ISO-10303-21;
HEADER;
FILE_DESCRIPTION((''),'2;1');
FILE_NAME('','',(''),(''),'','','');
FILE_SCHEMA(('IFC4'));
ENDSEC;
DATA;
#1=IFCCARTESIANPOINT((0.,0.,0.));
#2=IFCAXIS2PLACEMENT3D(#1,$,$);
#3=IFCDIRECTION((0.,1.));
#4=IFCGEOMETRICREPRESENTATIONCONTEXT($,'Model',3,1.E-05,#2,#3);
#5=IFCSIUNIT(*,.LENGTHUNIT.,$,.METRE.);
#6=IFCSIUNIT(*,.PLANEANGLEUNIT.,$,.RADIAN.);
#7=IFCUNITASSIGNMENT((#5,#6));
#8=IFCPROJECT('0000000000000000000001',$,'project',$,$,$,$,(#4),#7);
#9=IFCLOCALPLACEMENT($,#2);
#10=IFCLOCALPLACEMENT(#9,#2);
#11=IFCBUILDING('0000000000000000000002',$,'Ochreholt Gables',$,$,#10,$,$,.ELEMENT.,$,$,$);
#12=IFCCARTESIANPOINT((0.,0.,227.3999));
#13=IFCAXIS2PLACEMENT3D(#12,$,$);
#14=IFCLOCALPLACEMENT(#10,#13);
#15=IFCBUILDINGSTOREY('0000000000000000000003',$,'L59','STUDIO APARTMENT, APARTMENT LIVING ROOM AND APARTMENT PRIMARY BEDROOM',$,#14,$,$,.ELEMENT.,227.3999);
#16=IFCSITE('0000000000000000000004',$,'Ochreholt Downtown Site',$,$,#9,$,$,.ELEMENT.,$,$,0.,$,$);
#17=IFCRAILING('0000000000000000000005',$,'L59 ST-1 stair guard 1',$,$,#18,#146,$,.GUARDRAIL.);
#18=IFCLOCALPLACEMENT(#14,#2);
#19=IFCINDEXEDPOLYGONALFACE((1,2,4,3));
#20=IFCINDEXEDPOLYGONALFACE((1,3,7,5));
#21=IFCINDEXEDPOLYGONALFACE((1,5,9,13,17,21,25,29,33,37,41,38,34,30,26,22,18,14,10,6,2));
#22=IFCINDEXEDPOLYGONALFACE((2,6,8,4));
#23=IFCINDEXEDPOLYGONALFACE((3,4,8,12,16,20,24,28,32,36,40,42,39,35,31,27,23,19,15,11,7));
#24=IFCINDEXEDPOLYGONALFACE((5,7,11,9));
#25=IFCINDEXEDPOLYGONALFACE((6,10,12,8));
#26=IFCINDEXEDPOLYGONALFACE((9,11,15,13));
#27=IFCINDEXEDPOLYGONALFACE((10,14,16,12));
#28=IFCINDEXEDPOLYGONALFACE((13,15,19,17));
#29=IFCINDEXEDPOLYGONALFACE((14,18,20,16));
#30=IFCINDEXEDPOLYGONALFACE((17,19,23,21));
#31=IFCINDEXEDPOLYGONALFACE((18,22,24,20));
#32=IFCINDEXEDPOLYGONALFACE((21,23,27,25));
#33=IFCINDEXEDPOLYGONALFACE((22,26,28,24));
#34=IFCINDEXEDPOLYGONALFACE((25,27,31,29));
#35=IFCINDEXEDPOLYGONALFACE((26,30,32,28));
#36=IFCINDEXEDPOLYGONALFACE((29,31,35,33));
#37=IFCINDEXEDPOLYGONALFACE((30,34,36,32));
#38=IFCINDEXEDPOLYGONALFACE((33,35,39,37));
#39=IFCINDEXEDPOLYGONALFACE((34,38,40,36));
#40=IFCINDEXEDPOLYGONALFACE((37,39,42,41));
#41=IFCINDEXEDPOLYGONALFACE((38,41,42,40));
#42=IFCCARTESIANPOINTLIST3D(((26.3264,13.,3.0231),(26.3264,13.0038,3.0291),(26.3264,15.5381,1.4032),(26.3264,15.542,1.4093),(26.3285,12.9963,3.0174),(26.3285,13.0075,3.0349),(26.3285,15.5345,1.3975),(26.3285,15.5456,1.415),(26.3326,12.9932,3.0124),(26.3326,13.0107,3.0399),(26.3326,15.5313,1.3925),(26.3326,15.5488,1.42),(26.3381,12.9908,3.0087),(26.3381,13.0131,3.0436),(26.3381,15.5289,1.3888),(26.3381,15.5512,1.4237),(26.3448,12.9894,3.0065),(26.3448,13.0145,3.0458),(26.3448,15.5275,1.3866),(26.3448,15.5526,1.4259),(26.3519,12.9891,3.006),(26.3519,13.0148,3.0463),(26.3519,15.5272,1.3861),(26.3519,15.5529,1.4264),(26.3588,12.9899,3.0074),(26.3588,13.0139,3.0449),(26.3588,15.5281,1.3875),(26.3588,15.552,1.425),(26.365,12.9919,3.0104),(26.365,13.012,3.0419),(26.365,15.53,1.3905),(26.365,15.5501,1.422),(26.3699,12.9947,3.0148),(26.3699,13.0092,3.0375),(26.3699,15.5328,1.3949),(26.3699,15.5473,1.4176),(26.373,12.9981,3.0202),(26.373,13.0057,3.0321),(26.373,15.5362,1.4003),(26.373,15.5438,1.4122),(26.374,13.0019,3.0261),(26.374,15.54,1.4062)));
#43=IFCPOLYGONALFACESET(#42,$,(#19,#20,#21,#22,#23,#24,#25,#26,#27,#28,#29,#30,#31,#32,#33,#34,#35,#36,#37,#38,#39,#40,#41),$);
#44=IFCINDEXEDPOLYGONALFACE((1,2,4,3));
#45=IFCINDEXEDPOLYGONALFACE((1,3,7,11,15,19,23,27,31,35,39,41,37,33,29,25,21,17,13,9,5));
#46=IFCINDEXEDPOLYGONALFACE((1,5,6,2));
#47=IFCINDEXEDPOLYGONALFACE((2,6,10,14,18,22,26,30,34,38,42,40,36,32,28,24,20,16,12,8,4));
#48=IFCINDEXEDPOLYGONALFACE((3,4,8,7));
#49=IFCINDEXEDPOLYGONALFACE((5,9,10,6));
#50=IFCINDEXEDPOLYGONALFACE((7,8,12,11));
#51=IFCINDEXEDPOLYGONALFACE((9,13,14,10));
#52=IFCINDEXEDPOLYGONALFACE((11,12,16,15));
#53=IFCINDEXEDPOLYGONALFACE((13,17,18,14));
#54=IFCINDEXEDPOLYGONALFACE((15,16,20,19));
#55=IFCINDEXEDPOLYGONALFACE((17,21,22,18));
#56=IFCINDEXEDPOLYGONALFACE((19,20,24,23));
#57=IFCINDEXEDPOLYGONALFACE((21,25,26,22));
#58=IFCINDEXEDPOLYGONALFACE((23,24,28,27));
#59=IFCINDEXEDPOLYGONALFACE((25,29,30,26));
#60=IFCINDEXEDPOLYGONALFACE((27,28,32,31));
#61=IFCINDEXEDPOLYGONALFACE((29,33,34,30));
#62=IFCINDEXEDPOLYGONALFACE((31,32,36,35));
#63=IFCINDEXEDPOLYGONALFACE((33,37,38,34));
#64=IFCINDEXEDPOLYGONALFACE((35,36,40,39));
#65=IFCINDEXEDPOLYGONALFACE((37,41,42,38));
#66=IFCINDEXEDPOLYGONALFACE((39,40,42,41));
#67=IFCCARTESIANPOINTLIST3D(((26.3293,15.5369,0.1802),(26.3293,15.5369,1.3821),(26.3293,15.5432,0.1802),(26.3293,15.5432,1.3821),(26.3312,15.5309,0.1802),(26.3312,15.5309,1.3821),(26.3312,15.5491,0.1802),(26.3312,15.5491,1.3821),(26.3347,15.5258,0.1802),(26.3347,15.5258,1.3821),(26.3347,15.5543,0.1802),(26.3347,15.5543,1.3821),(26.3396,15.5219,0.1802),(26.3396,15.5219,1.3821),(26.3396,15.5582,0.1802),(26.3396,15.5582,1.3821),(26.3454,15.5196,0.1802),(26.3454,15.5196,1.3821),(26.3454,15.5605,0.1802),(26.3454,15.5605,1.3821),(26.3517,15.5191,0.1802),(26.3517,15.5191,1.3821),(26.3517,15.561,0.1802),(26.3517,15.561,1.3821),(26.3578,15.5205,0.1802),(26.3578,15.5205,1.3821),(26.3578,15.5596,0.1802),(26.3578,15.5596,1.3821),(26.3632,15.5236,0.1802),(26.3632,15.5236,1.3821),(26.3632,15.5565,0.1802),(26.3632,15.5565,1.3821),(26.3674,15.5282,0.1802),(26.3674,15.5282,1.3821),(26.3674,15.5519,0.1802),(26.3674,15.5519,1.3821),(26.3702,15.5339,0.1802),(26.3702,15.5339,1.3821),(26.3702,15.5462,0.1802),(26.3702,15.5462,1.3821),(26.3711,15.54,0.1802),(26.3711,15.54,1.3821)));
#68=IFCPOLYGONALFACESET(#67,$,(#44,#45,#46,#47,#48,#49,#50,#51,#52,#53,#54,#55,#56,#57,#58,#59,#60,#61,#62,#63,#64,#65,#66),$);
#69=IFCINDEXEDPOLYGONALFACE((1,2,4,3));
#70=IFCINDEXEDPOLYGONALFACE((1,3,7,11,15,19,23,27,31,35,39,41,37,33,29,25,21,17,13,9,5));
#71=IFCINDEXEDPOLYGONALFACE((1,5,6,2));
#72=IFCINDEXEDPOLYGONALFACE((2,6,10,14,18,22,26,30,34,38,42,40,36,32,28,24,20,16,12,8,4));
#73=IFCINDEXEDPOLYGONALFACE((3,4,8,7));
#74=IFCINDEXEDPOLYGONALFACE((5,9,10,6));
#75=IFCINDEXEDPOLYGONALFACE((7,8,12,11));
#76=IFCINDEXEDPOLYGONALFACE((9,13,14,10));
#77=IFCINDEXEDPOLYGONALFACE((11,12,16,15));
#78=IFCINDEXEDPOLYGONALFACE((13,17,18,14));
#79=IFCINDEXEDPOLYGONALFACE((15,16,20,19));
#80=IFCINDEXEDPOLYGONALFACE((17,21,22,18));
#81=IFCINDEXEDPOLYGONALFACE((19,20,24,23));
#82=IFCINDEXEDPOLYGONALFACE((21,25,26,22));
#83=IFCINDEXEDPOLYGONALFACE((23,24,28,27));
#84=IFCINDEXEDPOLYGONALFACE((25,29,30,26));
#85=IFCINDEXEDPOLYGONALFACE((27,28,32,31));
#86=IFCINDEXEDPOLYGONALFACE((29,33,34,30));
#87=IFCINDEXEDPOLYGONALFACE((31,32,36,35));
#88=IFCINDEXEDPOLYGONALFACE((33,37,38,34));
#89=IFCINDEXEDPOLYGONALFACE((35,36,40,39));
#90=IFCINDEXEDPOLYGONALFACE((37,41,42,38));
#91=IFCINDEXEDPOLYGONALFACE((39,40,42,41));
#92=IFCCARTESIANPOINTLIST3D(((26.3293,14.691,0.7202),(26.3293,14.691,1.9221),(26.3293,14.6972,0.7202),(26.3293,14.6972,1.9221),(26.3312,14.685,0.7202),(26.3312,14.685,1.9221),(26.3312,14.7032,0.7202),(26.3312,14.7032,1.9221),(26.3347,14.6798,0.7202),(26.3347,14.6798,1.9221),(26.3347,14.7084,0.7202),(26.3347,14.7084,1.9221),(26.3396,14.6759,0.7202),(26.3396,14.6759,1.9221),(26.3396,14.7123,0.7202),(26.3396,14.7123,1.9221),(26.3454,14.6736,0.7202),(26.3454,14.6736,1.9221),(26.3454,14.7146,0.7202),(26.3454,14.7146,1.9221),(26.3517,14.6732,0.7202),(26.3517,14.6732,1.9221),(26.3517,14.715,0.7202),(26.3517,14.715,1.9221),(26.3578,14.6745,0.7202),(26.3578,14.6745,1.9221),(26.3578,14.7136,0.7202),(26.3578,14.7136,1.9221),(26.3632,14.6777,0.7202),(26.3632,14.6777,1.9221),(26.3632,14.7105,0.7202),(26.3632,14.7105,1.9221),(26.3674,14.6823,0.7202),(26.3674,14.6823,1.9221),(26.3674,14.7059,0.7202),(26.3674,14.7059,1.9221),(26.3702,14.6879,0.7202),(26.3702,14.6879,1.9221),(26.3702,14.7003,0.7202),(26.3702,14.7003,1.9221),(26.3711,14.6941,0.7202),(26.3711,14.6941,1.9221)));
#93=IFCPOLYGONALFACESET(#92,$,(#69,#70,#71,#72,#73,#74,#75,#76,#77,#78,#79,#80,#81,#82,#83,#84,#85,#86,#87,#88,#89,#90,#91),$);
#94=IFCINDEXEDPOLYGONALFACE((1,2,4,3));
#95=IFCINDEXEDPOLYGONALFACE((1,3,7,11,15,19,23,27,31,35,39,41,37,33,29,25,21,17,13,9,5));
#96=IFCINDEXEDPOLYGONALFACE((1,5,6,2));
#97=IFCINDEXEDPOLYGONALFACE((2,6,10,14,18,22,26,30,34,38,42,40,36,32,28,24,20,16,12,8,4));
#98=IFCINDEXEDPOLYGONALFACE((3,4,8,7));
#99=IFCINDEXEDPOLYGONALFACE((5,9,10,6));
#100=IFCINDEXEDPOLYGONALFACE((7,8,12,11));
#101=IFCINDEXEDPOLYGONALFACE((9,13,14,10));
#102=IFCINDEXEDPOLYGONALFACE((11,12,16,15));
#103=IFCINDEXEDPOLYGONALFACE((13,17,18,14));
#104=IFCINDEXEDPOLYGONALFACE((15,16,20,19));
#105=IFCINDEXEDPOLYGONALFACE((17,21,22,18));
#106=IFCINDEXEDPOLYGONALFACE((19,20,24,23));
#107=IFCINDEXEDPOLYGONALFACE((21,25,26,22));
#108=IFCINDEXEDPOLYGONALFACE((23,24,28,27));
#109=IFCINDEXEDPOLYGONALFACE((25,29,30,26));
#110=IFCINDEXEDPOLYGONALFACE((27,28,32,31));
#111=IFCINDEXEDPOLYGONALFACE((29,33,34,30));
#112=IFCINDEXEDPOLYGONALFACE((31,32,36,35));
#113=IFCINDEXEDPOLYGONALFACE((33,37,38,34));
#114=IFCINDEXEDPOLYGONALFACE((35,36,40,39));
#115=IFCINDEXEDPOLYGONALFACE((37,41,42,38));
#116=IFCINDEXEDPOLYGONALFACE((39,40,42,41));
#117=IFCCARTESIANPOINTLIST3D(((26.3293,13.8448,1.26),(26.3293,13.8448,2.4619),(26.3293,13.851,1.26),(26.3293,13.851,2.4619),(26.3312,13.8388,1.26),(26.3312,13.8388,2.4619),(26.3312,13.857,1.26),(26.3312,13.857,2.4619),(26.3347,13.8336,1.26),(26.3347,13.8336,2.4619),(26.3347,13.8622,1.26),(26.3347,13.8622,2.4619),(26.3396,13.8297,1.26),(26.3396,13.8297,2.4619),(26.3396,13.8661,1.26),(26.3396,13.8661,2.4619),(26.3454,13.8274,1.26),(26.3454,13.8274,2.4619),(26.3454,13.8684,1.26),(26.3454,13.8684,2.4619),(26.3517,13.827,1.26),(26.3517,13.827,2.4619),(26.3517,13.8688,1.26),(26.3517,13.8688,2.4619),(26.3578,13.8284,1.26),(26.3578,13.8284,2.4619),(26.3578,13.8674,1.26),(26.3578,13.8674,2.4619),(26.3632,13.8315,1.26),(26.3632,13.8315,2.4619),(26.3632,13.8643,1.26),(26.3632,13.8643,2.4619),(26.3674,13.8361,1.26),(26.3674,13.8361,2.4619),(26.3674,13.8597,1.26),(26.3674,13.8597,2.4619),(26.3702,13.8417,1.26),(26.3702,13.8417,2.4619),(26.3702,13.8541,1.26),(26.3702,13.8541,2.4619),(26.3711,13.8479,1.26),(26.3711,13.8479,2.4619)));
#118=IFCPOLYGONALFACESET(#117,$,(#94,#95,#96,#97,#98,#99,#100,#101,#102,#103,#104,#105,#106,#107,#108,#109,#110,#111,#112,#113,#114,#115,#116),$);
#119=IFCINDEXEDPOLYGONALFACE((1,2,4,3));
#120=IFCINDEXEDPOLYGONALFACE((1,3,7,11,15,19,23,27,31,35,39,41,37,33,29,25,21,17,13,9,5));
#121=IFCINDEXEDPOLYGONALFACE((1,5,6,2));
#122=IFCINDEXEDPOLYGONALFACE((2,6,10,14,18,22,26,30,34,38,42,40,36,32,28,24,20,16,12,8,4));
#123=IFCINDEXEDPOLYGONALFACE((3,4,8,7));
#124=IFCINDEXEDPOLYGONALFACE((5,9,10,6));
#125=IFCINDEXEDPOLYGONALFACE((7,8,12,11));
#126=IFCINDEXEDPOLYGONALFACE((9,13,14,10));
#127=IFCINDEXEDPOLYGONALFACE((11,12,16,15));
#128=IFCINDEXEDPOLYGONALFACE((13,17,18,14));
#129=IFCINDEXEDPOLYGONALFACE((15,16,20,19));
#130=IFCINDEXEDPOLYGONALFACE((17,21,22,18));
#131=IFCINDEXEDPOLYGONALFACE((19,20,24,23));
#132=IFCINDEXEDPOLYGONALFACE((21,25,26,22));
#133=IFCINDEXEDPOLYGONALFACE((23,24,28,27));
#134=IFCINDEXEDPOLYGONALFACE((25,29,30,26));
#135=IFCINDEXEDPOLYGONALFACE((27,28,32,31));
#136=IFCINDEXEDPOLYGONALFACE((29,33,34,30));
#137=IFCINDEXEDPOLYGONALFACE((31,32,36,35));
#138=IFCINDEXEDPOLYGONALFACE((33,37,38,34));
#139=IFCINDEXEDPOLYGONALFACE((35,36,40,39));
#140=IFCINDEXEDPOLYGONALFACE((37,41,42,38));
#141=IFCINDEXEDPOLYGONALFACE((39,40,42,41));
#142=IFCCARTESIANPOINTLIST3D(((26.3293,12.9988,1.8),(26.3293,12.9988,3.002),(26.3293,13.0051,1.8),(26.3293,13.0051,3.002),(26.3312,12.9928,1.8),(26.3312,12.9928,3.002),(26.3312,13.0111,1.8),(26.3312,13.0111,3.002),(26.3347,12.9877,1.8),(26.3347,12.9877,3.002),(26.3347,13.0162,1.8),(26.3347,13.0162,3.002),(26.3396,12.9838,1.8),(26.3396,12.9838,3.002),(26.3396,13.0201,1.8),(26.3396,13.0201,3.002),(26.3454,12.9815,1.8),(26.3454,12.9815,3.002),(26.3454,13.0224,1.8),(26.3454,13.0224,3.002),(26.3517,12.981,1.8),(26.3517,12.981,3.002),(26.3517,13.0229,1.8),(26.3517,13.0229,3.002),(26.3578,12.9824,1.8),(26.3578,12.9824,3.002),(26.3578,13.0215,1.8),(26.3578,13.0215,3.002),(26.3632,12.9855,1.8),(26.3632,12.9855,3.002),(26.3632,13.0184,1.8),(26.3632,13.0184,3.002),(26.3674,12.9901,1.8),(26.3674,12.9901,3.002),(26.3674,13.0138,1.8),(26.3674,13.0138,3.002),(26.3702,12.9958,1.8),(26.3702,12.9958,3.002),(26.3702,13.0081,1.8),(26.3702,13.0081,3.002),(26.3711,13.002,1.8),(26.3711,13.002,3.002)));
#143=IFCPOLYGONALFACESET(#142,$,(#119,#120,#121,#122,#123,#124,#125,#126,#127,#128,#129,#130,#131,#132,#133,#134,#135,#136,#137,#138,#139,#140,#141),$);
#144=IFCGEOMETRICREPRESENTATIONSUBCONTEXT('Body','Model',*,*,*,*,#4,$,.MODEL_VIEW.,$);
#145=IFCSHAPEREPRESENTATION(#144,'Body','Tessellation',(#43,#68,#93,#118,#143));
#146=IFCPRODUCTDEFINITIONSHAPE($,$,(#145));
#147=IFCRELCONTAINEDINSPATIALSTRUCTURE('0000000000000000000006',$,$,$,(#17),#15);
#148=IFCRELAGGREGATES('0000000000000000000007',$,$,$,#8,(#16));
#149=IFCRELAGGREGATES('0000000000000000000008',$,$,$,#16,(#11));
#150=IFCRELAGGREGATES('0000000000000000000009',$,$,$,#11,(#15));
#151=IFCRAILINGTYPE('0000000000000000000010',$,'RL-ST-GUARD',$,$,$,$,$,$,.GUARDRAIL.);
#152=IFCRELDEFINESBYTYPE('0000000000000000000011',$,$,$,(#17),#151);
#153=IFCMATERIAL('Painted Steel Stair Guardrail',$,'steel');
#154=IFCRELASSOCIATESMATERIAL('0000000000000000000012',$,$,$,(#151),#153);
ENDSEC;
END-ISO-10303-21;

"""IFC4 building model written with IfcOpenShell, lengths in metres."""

from ifc_helpers import new_model, si_unit, direction, frame, origin, origin_2d, place, context, subcontext, project, spatial, circle, extrude, material, type_object, element, save


model = new_model("IFC4")

# Units and contexts
model_context = context("Model", 3, precision=1e-05, world=origin(), true_north=direction((0.0, 1.0)))
body_context = subcontext(model_context, "Body", "Model", "MODEL_VIEW")
ifc_project = project(units=[si_unit("LENGTHUNIT", "METRE"), si_unit("PLANEANGLEUNIT", "RADIAN")], contexts=[model_context])

# Site, building, storey
site_placement = place(None, origin())
site = spatial("IfcSite", under=ifc_project, at=site_placement, Name="Ochreholt Downtown Site", CompositionType="ELEMENT", RefElevation=0.0)
building_placement = place(site_placement, origin())
building = spatial("IfcBuilding", under=site, at=building_placement, Name="Ochreholt Gables", CompositionType="ELEMENT")
storey_placement = place(building_placement, frame((0.0, 0.0, 227.3999)))
storey = spatial("IfcBuildingStorey", under=building, at=storey_placement, Name="L59", Description="STUDIO APARTMENT, APARTMENT LIVING ROOM AND APARTMENT PRIMARY BEDROOM", CompositionType="ELEMENT", Elevation=227.3999)

# Railing
ifc_material_1 = material(Name="Painted Steel Stair Guardrail", Category="steel")
railing_type_1 = type_object("IfcRailingType", Name="RL-ST-GUARD", PredefinedType="GUARDRAIL", material=ifc_material_1)
railing_1_placement = place(storey_placement, frame((26.3501, 15.54, 0.1802)))
element("IfcRailing", 1, at=railing_1_placement, inside=storey, type_object=railing_type_1, Name="L59 ST-1 stair guard 1", PredefinedType="GUARDRAIL", context=body_context, shape_type="SweptSolid", body=[
    extrude(circle(Radius=0.0239, at=origin_2d()), frame((0.0, 0.0, 1.2261), z_axis=(0.0, -0.84295, 0.537993), x_axis=(1.0, 0.0, 0.0)), (0.0, 0.0, 1.0), 3.011),
    extrude(circle(Radius=0.021, at=origin_2d()), origin(), (0.0, 0.0, 1.0), 1.2019),
    extrude(circle(Radius=0.021, at=origin_2d()), frame((0.0, -0.8459, 0.54)), (0.0, 0.0, 1.0), 1.2019),
    extrude(circle(Radius=0.021, at=origin_2d()), frame((0.0, -1.6921, 1.0798)), (0.0, 0.0, 1.0), 1.2019),
    extrude(circle(Radius=0.021, at=origin_2d()), frame((0.0, -2.5381, 1.6199)), (0.0, 0.0, 1.0), 1.2019),
])

save(model, "model.ifc")
